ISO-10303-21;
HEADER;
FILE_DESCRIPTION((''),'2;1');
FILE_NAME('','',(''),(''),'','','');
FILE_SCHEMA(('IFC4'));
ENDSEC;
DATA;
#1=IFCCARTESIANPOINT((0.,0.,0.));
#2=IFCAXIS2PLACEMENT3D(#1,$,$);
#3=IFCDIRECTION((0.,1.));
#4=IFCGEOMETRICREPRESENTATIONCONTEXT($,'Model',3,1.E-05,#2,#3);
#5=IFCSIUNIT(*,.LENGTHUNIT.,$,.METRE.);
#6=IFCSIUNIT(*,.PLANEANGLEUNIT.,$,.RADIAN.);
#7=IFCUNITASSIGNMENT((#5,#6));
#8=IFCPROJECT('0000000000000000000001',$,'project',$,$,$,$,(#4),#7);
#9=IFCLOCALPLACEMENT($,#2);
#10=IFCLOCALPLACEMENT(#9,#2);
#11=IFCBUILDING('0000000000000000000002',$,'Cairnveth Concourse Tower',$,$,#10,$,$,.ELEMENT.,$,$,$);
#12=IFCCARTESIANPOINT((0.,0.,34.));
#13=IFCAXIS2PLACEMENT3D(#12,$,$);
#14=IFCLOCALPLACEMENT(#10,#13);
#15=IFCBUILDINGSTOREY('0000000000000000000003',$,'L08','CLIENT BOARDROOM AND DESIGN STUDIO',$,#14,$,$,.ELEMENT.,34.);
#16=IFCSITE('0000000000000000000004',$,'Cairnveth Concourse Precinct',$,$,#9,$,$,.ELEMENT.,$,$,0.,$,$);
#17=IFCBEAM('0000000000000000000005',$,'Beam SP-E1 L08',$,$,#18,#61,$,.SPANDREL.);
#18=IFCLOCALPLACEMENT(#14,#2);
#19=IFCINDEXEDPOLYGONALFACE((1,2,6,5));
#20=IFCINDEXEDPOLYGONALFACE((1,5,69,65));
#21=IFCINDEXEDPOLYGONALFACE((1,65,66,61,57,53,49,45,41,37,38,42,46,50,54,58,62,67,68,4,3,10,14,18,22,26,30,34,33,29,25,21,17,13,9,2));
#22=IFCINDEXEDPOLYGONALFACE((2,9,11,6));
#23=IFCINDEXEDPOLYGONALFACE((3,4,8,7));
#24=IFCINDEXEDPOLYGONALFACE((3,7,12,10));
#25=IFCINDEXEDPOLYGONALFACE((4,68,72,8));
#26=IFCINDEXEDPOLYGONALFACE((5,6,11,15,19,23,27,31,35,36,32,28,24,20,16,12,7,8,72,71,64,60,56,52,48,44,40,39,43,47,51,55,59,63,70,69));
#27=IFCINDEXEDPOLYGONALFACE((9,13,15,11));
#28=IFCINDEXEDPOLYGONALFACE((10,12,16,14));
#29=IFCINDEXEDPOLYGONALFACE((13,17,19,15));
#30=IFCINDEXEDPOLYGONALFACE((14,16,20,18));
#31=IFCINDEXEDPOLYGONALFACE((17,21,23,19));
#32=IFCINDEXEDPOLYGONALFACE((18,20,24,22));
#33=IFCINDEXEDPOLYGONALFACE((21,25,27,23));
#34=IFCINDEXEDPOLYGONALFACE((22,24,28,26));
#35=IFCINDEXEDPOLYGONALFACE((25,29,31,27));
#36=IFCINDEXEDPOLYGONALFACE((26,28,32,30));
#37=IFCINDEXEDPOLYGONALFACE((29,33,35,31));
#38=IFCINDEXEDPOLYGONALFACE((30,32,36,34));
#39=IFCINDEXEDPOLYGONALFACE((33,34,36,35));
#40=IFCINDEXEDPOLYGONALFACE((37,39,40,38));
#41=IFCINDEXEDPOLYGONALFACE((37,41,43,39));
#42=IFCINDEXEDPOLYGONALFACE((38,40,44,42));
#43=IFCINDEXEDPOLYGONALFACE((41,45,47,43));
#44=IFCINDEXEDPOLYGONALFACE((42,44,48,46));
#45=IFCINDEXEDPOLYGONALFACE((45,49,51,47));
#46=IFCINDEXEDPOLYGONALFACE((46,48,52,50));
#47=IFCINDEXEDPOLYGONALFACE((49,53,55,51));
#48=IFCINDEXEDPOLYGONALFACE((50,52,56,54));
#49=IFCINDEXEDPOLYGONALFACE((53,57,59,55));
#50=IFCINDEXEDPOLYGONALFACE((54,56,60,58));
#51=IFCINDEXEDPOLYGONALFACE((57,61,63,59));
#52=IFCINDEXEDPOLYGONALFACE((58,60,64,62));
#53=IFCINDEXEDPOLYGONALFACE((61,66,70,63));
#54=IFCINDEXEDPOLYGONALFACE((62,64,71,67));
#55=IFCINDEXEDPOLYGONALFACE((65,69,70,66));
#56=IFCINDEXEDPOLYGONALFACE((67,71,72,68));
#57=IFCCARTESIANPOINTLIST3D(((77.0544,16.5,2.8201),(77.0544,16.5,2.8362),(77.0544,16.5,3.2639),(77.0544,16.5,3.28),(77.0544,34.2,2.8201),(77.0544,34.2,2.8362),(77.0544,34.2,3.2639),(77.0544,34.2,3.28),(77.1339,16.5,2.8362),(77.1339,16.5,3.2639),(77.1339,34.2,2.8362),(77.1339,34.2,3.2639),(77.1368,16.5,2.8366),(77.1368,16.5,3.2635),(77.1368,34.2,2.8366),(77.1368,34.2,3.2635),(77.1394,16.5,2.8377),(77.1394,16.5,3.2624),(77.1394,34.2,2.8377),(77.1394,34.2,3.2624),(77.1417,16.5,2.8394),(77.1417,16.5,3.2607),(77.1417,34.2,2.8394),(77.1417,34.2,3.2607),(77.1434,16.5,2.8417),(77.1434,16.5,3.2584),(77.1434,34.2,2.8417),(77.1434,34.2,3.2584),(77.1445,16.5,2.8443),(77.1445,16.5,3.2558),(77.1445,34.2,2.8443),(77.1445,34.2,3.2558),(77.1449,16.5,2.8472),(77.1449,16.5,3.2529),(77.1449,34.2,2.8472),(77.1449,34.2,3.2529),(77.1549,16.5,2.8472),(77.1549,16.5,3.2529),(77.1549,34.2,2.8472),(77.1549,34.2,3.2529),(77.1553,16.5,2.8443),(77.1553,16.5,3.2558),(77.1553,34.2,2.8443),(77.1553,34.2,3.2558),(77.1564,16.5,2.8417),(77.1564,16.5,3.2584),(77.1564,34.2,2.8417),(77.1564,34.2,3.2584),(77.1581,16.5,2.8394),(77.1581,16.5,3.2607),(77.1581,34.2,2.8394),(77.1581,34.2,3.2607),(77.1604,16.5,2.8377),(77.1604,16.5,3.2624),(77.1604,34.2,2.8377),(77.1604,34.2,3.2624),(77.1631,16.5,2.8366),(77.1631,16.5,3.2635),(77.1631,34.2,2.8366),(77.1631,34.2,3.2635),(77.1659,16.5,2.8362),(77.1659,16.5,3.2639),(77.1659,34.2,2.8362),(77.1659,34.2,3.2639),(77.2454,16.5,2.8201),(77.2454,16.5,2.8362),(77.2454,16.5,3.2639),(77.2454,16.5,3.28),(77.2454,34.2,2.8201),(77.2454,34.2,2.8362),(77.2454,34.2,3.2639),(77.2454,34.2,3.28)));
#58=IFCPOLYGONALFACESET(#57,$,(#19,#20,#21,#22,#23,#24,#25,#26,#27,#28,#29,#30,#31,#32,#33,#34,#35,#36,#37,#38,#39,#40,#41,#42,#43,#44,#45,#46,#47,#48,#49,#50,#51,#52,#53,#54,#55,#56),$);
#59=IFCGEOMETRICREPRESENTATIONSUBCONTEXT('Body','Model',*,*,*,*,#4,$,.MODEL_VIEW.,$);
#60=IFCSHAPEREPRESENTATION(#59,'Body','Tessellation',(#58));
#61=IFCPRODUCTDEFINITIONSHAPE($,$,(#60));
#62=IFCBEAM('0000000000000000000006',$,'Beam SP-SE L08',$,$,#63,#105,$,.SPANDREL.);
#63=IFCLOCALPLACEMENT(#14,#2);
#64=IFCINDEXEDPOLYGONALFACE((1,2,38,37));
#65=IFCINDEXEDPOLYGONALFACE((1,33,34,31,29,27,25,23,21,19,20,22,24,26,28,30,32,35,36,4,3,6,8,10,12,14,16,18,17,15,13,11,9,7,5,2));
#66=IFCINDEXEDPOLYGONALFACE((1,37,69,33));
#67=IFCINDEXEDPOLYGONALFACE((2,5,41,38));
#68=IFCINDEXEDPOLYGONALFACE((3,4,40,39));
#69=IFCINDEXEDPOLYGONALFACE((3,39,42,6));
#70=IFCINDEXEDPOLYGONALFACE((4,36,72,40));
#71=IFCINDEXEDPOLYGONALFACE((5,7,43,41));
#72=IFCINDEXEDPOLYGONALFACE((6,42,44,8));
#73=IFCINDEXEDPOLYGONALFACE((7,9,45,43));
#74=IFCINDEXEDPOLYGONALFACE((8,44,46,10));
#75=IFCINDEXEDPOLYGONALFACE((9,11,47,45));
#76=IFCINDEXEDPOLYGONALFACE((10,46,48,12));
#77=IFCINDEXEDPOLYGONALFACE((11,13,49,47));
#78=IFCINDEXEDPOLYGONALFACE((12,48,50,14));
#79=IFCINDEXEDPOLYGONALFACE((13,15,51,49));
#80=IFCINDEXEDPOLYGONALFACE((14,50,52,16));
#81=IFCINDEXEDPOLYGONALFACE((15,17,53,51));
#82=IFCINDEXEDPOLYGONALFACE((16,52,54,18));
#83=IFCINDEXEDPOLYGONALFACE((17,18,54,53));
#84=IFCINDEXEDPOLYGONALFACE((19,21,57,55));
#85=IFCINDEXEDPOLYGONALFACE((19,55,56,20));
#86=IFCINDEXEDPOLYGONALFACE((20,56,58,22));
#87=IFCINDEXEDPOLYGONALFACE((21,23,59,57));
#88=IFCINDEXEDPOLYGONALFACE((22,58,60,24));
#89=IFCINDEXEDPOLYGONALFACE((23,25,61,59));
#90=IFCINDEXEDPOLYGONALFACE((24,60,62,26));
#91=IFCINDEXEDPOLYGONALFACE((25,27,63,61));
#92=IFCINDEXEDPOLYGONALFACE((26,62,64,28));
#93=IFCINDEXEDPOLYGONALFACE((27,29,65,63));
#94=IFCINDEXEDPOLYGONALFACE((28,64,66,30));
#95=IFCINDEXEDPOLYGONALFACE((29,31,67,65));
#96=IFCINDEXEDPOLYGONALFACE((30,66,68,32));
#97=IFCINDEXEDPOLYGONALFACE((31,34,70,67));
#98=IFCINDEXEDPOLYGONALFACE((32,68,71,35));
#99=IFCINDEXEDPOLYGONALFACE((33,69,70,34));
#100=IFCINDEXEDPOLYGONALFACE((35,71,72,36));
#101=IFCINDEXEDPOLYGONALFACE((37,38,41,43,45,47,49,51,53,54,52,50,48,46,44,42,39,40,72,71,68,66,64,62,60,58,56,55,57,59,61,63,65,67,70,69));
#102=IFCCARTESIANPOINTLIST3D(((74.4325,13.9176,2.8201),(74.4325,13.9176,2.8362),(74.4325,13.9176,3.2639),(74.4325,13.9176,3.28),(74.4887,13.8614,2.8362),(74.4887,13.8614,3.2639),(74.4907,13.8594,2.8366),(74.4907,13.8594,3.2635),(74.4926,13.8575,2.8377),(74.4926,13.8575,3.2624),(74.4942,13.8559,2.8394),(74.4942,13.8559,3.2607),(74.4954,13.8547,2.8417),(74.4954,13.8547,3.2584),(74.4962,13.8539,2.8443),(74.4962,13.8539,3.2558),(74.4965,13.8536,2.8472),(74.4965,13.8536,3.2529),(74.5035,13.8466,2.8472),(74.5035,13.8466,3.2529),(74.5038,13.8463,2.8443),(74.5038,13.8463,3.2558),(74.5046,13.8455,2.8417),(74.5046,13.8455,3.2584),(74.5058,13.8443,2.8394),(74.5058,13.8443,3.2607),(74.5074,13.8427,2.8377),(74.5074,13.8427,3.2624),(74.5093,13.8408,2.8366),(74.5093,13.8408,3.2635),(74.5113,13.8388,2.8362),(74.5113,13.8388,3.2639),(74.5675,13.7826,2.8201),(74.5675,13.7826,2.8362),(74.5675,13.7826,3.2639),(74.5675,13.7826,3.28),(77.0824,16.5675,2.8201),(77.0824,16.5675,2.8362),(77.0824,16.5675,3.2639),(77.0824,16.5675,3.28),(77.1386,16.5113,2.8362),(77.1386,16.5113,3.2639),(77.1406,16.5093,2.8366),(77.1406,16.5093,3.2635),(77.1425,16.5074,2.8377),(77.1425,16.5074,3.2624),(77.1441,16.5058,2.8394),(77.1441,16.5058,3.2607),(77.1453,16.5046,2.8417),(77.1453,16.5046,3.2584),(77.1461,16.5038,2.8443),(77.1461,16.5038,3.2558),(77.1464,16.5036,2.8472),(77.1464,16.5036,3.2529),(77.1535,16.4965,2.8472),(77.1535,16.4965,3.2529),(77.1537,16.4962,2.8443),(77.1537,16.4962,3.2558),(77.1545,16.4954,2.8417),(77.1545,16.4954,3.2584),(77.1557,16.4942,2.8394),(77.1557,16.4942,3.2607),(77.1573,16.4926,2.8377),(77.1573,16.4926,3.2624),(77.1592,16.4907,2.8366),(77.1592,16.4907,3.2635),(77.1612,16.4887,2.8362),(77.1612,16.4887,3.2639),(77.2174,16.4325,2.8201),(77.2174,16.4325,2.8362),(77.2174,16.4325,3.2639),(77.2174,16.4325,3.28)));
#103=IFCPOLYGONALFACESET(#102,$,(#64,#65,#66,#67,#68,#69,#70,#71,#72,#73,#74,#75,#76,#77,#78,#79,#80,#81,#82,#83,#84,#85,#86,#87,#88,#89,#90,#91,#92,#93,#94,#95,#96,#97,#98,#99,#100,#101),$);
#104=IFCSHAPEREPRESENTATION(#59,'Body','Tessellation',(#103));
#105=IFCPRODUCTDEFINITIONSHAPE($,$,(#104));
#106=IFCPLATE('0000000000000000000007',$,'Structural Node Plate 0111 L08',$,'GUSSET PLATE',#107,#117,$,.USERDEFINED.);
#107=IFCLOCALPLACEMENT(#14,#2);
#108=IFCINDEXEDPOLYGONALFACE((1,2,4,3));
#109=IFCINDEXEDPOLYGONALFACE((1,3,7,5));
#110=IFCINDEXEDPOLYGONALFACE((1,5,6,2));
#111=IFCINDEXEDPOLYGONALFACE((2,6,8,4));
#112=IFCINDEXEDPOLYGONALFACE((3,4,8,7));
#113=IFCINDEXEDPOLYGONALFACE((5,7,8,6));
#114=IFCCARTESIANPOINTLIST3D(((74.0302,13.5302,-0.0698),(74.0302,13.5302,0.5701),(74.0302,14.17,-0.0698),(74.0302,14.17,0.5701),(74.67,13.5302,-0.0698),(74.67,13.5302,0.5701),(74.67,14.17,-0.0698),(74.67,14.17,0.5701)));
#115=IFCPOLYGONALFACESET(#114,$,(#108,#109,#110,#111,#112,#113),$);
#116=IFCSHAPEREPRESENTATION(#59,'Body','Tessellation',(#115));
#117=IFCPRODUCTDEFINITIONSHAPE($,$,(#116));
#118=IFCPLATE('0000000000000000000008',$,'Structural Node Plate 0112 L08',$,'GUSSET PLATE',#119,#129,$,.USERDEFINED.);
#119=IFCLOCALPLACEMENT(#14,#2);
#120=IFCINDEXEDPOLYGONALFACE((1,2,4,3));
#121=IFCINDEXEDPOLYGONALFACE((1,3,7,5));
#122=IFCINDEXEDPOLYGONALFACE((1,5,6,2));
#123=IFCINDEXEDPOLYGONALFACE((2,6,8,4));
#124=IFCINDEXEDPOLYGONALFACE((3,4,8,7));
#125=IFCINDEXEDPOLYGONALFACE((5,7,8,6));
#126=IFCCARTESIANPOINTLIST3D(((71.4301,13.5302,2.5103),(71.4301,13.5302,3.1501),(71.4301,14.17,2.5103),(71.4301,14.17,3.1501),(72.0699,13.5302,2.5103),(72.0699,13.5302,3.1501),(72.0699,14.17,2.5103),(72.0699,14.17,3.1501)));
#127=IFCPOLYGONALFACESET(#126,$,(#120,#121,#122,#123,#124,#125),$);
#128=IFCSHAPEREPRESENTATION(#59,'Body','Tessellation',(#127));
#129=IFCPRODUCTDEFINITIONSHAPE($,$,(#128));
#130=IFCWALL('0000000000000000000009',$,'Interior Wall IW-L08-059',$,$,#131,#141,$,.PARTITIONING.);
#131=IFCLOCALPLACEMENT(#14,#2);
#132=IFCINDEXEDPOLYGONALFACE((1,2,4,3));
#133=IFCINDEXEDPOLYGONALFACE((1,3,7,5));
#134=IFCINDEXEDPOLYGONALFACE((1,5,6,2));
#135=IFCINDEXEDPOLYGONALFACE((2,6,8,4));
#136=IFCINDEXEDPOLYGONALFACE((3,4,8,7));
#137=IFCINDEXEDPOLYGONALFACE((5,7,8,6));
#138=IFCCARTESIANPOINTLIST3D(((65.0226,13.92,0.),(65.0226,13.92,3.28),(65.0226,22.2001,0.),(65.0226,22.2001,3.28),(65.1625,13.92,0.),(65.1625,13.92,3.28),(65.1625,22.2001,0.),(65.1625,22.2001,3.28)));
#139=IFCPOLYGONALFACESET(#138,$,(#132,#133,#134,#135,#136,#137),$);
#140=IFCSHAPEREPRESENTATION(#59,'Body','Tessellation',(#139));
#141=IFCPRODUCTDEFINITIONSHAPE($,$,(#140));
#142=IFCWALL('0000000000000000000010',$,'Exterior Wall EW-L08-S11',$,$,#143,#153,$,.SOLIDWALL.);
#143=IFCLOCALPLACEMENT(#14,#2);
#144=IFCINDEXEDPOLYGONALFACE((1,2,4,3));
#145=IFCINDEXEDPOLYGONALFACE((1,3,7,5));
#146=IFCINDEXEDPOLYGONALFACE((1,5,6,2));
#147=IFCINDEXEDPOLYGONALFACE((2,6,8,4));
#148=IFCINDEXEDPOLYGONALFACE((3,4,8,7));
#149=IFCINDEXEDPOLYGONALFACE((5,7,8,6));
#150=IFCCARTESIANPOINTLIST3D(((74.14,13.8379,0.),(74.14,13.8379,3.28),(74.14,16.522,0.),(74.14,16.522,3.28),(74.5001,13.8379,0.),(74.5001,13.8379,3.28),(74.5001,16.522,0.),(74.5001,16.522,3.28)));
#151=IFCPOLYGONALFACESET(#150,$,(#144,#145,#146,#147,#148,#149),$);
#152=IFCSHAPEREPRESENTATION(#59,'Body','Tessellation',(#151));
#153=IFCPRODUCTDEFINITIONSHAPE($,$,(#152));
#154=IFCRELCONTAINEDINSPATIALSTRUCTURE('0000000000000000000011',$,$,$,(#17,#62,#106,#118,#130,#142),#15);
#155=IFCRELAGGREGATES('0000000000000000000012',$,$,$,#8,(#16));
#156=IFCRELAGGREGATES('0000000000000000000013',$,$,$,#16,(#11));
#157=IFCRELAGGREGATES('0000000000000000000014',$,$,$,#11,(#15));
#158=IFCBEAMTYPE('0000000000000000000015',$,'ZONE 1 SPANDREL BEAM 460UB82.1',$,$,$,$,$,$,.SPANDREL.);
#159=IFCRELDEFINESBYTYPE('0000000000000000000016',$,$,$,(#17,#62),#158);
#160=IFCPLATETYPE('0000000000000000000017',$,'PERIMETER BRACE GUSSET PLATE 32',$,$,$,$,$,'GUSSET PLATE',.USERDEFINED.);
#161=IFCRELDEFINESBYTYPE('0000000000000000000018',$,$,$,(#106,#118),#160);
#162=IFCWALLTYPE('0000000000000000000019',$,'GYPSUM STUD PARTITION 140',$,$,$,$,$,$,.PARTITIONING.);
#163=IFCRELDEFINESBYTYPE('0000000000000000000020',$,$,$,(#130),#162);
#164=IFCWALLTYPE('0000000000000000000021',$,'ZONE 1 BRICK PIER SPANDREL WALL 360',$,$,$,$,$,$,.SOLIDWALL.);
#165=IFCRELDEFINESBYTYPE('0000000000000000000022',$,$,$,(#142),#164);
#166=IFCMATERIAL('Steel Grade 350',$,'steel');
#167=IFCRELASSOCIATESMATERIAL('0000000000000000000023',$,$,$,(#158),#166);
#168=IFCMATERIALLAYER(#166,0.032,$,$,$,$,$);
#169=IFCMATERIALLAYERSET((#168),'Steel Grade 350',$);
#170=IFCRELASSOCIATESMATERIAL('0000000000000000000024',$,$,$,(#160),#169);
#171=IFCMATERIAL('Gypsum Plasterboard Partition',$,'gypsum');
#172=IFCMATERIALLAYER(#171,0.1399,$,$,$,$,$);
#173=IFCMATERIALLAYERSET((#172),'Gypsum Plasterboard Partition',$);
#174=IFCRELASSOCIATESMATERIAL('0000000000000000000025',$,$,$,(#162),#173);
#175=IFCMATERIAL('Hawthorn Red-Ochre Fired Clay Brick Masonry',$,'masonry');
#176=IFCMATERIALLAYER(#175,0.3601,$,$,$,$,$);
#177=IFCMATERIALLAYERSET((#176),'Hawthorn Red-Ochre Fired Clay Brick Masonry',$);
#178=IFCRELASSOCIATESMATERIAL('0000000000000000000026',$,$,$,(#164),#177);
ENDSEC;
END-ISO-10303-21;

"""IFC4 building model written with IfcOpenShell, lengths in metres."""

from ifc_helpers import new_model, si_unit, direction, frame, frame_2d, origin, origin_2d, place, context, subcontext, project, spatial, rectangle, i_section, extrude, material, layer, layer_set, material_profile, profile_set, type_object, element, save


model = new_model("IFC4")

# Units and contexts
model_context = context("Model", 3, precision=1e-05, world=origin(), true_north=direction((0.0, 1.0)))
body_context = subcontext(model_context, "Body", "Model", "MODEL_VIEW")
ifc_project = project(units=[si_unit("LENGTHUNIT", "METRE"), si_unit("PLANEANGLEUNIT", "RADIAN")], contexts=[model_context])

# Site, building, storey
site_placement = place(None, origin())
site = spatial("IfcSite", under=ifc_project, at=site_placement, Name="Cairnveth Concourse Precinct", CompositionType="ELEMENT", RefElevation=0.0)
building_placement = place(site_placement, origin())
building = spatial("IfcBuilding", under=site, at=building_placement, Name="Cairnveth Concourse Tower", CompositionType="ELEMENT")
storey_placement = place(building_placement, frame((0.0, 0.0, 34.0)))
storey = spatial("IfcBuildingStorey", under=building, at=storey_placement, Name="L08", Description="CLIENT BOARDROOM AND DESIGN STUDIO", CompositionType="ELEMENT", Elevation=34.0)

# Shared definitions
ifc_material_1 = material(Name="Steel Grade 350", Category="steel")

# Beams
ifc_material_profile_1 = material_profile(ifc_material_1, i_section(OverallWidth=0.1909, OverallDepth=0.46, WebThickness=0.01, FlangeThickness=0.0161, FilletRadius=0.011, at=origin_2d()), Name="460UB82.1")
ifc_profile_set_1 = profile_set([ifc_material_profile_1], Name="Steel Grade 350")
beam_type_1 = type_object("IfcBeamType", Name="ZONE 1 SPANDREL BEAM 460UB82.1", PredefinedType="SPANDREL", material=ifc_profile_set_1)
beam_1_placement = place(storey_placement, frame((77.1499, 16.5, 3.05), z_axis=(0.0, 1.0, 0.0), x_axis=(-1.0, 0.0, 0.0)))
element("IfcBeam", 1, at=beam_1_placement, inside=storey, type_object=beam_type_1, Name="Beam SP-E1 L08", PredefinedType="SPANDREL", context=body_context, shape_type="SweptSolid", body=[
    extrude(i_section(OverallWidth=0.1909, OverallDepth=0.46, WebThickness=0.01, FlangeThickness=0.0161, FilletRadius=0.011, at=origin_2d()), origin(), (0.0, 0.0, 1.0), 17.7),
])
beam_2_placement = place(storey_placement, frame((74.5, 13.8501, 3.05), z_axis=(0.707107, 0.707107, 0.0), x_axis=(-0.707107, 0.707107, 0.0)))
element("IfcBeam", 2, at=beam_2_placement, inside=storey, type_object=beam_type_1, Name="Beam SP-SE L08", PredefinedType="SPANDREL", context=body_context, shape_type="SweptSolid", body=[
    extrude(i_section(OverallWidth=0.1909, OverallDepth=0.46, WebThickness=0.01, FlangeThickness=0.0161, FilletRadius=0.011, at=origin_2d()), origin(), (0.0, 0.0, 1.0), 3.7476),
])

# Plates
ifc_layer_1 = layer(ifc_material_1, 0.032)
ifc_layer_set_1 = layer_set([ifc_layer_1], Name="Steel Grade 350")
plate_type = type_object("IfcPlateType", Name="PERIMETER BRACE GUSSET PLATE 32", ElementType="GUSSET PLATE", PredefinedType="USERDEFINED", material=ifc_layer_set_1)
for number, where, z_axis, x_axis, name in (
    (3, (74.3501, 13.8501, -0.0698), (0.0, 0.0, 1.0), (1.0, 0.0, 0.0), "Structural Node Plate 0111 L08"),
    (4, (71.75, 13.8501, 2.5103), (0.0, 0.0, 1.0), (1.0, 0.0, 0.0), "Structural Node Plate 0112 L08"),
):
    element("IfcPlate", number, at=place(storey_placement, frame(where, z_axis=z_axis, x_axis=x_axis)), inside=storey, type_object=plate_type, Name=name, ObjectType="GUSSET PLATE", PredefinedType="USERDEFINED", context=body_context, shape_type="SweptSolid", body=[
        extrude(rectangle(XDim=0.6399, YDim=0.6399, at=origin_2d()), origin(), (0.0, 0.0, 1.0), 0.6399),
    ])

# Walls
ifc_material_2 = material(Name="Gypsum Plasterboard Partition", Category="gypsum")
ifc_layer_2 = layer(ifc_material_2, 0.1399)
ifc_layer_set_2 = layer_set([ifc_layer_2], Name="Gypsum Plasterboard Partition")
wall_type_1 = type_object("IfcWallType", Name="GYPSUM STUD PARTITION 140", PredefinedType="PARTITIONING", material=ifc_layer_set_2)
wall_1_placement = place(storey_placement, frame((65.0925, 13.9199, 0.0), z_axis=(0.0, 0.0, 1.0), x_axis=(0.0, 1.0, 0.0)))
element("IfcWall", 5, at=wall_1_placement, inside=storey, type_object=wall_type_1, Name="Interior Wall IW-L08-059", PredefinedType="PARTITIONING", context=body_context, shape_type="SweptSolid", body=[
    extrude(rectangle(XDim=8.28, YDim=0.1399, at=frame_2d((4.1401, 0.0))), origin(), (0.0, 0.0, 1.0), 3.28),
])
ifc_material_3 = material(Name="Hawthorn Red-Ochre Fired Clay Brick Masonry", Category="masonry")
ifc_layer_3 = layer(ifc_material_3, 0.3601)
ifc_layer_set_3 = layer_set([ifc_layer_3], Name="Hawthorn Red-Ochre Fired Clay Brick Masonry")
wall_type_2 = type_object("IfcWallType", Name="ZONE 1 BRICK PIER SPANDREL WALL 360", PredefinedType="SOLIDWALL", material=ifc_layer_set_3)
wall_2_placement = place(storey_placement, frame((74.3201, 16.522, 0.0), z_axis=(0.0, 0.0, 1.0), x_axis=(0.0, -1.0, 0.0)))
element("IfcWall", 6, at=wall_2_placement, inside=storey, type_object=wall_type_2, Name="Exterior Wall EW-L08-S11", PredefinedType="SOLIDWALL", context=body_context, shape_type="SweptSolid", body=[
    extrude(rectangle(XDim=2.6841, YDim=0.3601, at=frame_2d((1.342, 0.0))), origin(), (0.0, 0.0, 1.0), 3.28),
])

save(model, "model.ifc")
